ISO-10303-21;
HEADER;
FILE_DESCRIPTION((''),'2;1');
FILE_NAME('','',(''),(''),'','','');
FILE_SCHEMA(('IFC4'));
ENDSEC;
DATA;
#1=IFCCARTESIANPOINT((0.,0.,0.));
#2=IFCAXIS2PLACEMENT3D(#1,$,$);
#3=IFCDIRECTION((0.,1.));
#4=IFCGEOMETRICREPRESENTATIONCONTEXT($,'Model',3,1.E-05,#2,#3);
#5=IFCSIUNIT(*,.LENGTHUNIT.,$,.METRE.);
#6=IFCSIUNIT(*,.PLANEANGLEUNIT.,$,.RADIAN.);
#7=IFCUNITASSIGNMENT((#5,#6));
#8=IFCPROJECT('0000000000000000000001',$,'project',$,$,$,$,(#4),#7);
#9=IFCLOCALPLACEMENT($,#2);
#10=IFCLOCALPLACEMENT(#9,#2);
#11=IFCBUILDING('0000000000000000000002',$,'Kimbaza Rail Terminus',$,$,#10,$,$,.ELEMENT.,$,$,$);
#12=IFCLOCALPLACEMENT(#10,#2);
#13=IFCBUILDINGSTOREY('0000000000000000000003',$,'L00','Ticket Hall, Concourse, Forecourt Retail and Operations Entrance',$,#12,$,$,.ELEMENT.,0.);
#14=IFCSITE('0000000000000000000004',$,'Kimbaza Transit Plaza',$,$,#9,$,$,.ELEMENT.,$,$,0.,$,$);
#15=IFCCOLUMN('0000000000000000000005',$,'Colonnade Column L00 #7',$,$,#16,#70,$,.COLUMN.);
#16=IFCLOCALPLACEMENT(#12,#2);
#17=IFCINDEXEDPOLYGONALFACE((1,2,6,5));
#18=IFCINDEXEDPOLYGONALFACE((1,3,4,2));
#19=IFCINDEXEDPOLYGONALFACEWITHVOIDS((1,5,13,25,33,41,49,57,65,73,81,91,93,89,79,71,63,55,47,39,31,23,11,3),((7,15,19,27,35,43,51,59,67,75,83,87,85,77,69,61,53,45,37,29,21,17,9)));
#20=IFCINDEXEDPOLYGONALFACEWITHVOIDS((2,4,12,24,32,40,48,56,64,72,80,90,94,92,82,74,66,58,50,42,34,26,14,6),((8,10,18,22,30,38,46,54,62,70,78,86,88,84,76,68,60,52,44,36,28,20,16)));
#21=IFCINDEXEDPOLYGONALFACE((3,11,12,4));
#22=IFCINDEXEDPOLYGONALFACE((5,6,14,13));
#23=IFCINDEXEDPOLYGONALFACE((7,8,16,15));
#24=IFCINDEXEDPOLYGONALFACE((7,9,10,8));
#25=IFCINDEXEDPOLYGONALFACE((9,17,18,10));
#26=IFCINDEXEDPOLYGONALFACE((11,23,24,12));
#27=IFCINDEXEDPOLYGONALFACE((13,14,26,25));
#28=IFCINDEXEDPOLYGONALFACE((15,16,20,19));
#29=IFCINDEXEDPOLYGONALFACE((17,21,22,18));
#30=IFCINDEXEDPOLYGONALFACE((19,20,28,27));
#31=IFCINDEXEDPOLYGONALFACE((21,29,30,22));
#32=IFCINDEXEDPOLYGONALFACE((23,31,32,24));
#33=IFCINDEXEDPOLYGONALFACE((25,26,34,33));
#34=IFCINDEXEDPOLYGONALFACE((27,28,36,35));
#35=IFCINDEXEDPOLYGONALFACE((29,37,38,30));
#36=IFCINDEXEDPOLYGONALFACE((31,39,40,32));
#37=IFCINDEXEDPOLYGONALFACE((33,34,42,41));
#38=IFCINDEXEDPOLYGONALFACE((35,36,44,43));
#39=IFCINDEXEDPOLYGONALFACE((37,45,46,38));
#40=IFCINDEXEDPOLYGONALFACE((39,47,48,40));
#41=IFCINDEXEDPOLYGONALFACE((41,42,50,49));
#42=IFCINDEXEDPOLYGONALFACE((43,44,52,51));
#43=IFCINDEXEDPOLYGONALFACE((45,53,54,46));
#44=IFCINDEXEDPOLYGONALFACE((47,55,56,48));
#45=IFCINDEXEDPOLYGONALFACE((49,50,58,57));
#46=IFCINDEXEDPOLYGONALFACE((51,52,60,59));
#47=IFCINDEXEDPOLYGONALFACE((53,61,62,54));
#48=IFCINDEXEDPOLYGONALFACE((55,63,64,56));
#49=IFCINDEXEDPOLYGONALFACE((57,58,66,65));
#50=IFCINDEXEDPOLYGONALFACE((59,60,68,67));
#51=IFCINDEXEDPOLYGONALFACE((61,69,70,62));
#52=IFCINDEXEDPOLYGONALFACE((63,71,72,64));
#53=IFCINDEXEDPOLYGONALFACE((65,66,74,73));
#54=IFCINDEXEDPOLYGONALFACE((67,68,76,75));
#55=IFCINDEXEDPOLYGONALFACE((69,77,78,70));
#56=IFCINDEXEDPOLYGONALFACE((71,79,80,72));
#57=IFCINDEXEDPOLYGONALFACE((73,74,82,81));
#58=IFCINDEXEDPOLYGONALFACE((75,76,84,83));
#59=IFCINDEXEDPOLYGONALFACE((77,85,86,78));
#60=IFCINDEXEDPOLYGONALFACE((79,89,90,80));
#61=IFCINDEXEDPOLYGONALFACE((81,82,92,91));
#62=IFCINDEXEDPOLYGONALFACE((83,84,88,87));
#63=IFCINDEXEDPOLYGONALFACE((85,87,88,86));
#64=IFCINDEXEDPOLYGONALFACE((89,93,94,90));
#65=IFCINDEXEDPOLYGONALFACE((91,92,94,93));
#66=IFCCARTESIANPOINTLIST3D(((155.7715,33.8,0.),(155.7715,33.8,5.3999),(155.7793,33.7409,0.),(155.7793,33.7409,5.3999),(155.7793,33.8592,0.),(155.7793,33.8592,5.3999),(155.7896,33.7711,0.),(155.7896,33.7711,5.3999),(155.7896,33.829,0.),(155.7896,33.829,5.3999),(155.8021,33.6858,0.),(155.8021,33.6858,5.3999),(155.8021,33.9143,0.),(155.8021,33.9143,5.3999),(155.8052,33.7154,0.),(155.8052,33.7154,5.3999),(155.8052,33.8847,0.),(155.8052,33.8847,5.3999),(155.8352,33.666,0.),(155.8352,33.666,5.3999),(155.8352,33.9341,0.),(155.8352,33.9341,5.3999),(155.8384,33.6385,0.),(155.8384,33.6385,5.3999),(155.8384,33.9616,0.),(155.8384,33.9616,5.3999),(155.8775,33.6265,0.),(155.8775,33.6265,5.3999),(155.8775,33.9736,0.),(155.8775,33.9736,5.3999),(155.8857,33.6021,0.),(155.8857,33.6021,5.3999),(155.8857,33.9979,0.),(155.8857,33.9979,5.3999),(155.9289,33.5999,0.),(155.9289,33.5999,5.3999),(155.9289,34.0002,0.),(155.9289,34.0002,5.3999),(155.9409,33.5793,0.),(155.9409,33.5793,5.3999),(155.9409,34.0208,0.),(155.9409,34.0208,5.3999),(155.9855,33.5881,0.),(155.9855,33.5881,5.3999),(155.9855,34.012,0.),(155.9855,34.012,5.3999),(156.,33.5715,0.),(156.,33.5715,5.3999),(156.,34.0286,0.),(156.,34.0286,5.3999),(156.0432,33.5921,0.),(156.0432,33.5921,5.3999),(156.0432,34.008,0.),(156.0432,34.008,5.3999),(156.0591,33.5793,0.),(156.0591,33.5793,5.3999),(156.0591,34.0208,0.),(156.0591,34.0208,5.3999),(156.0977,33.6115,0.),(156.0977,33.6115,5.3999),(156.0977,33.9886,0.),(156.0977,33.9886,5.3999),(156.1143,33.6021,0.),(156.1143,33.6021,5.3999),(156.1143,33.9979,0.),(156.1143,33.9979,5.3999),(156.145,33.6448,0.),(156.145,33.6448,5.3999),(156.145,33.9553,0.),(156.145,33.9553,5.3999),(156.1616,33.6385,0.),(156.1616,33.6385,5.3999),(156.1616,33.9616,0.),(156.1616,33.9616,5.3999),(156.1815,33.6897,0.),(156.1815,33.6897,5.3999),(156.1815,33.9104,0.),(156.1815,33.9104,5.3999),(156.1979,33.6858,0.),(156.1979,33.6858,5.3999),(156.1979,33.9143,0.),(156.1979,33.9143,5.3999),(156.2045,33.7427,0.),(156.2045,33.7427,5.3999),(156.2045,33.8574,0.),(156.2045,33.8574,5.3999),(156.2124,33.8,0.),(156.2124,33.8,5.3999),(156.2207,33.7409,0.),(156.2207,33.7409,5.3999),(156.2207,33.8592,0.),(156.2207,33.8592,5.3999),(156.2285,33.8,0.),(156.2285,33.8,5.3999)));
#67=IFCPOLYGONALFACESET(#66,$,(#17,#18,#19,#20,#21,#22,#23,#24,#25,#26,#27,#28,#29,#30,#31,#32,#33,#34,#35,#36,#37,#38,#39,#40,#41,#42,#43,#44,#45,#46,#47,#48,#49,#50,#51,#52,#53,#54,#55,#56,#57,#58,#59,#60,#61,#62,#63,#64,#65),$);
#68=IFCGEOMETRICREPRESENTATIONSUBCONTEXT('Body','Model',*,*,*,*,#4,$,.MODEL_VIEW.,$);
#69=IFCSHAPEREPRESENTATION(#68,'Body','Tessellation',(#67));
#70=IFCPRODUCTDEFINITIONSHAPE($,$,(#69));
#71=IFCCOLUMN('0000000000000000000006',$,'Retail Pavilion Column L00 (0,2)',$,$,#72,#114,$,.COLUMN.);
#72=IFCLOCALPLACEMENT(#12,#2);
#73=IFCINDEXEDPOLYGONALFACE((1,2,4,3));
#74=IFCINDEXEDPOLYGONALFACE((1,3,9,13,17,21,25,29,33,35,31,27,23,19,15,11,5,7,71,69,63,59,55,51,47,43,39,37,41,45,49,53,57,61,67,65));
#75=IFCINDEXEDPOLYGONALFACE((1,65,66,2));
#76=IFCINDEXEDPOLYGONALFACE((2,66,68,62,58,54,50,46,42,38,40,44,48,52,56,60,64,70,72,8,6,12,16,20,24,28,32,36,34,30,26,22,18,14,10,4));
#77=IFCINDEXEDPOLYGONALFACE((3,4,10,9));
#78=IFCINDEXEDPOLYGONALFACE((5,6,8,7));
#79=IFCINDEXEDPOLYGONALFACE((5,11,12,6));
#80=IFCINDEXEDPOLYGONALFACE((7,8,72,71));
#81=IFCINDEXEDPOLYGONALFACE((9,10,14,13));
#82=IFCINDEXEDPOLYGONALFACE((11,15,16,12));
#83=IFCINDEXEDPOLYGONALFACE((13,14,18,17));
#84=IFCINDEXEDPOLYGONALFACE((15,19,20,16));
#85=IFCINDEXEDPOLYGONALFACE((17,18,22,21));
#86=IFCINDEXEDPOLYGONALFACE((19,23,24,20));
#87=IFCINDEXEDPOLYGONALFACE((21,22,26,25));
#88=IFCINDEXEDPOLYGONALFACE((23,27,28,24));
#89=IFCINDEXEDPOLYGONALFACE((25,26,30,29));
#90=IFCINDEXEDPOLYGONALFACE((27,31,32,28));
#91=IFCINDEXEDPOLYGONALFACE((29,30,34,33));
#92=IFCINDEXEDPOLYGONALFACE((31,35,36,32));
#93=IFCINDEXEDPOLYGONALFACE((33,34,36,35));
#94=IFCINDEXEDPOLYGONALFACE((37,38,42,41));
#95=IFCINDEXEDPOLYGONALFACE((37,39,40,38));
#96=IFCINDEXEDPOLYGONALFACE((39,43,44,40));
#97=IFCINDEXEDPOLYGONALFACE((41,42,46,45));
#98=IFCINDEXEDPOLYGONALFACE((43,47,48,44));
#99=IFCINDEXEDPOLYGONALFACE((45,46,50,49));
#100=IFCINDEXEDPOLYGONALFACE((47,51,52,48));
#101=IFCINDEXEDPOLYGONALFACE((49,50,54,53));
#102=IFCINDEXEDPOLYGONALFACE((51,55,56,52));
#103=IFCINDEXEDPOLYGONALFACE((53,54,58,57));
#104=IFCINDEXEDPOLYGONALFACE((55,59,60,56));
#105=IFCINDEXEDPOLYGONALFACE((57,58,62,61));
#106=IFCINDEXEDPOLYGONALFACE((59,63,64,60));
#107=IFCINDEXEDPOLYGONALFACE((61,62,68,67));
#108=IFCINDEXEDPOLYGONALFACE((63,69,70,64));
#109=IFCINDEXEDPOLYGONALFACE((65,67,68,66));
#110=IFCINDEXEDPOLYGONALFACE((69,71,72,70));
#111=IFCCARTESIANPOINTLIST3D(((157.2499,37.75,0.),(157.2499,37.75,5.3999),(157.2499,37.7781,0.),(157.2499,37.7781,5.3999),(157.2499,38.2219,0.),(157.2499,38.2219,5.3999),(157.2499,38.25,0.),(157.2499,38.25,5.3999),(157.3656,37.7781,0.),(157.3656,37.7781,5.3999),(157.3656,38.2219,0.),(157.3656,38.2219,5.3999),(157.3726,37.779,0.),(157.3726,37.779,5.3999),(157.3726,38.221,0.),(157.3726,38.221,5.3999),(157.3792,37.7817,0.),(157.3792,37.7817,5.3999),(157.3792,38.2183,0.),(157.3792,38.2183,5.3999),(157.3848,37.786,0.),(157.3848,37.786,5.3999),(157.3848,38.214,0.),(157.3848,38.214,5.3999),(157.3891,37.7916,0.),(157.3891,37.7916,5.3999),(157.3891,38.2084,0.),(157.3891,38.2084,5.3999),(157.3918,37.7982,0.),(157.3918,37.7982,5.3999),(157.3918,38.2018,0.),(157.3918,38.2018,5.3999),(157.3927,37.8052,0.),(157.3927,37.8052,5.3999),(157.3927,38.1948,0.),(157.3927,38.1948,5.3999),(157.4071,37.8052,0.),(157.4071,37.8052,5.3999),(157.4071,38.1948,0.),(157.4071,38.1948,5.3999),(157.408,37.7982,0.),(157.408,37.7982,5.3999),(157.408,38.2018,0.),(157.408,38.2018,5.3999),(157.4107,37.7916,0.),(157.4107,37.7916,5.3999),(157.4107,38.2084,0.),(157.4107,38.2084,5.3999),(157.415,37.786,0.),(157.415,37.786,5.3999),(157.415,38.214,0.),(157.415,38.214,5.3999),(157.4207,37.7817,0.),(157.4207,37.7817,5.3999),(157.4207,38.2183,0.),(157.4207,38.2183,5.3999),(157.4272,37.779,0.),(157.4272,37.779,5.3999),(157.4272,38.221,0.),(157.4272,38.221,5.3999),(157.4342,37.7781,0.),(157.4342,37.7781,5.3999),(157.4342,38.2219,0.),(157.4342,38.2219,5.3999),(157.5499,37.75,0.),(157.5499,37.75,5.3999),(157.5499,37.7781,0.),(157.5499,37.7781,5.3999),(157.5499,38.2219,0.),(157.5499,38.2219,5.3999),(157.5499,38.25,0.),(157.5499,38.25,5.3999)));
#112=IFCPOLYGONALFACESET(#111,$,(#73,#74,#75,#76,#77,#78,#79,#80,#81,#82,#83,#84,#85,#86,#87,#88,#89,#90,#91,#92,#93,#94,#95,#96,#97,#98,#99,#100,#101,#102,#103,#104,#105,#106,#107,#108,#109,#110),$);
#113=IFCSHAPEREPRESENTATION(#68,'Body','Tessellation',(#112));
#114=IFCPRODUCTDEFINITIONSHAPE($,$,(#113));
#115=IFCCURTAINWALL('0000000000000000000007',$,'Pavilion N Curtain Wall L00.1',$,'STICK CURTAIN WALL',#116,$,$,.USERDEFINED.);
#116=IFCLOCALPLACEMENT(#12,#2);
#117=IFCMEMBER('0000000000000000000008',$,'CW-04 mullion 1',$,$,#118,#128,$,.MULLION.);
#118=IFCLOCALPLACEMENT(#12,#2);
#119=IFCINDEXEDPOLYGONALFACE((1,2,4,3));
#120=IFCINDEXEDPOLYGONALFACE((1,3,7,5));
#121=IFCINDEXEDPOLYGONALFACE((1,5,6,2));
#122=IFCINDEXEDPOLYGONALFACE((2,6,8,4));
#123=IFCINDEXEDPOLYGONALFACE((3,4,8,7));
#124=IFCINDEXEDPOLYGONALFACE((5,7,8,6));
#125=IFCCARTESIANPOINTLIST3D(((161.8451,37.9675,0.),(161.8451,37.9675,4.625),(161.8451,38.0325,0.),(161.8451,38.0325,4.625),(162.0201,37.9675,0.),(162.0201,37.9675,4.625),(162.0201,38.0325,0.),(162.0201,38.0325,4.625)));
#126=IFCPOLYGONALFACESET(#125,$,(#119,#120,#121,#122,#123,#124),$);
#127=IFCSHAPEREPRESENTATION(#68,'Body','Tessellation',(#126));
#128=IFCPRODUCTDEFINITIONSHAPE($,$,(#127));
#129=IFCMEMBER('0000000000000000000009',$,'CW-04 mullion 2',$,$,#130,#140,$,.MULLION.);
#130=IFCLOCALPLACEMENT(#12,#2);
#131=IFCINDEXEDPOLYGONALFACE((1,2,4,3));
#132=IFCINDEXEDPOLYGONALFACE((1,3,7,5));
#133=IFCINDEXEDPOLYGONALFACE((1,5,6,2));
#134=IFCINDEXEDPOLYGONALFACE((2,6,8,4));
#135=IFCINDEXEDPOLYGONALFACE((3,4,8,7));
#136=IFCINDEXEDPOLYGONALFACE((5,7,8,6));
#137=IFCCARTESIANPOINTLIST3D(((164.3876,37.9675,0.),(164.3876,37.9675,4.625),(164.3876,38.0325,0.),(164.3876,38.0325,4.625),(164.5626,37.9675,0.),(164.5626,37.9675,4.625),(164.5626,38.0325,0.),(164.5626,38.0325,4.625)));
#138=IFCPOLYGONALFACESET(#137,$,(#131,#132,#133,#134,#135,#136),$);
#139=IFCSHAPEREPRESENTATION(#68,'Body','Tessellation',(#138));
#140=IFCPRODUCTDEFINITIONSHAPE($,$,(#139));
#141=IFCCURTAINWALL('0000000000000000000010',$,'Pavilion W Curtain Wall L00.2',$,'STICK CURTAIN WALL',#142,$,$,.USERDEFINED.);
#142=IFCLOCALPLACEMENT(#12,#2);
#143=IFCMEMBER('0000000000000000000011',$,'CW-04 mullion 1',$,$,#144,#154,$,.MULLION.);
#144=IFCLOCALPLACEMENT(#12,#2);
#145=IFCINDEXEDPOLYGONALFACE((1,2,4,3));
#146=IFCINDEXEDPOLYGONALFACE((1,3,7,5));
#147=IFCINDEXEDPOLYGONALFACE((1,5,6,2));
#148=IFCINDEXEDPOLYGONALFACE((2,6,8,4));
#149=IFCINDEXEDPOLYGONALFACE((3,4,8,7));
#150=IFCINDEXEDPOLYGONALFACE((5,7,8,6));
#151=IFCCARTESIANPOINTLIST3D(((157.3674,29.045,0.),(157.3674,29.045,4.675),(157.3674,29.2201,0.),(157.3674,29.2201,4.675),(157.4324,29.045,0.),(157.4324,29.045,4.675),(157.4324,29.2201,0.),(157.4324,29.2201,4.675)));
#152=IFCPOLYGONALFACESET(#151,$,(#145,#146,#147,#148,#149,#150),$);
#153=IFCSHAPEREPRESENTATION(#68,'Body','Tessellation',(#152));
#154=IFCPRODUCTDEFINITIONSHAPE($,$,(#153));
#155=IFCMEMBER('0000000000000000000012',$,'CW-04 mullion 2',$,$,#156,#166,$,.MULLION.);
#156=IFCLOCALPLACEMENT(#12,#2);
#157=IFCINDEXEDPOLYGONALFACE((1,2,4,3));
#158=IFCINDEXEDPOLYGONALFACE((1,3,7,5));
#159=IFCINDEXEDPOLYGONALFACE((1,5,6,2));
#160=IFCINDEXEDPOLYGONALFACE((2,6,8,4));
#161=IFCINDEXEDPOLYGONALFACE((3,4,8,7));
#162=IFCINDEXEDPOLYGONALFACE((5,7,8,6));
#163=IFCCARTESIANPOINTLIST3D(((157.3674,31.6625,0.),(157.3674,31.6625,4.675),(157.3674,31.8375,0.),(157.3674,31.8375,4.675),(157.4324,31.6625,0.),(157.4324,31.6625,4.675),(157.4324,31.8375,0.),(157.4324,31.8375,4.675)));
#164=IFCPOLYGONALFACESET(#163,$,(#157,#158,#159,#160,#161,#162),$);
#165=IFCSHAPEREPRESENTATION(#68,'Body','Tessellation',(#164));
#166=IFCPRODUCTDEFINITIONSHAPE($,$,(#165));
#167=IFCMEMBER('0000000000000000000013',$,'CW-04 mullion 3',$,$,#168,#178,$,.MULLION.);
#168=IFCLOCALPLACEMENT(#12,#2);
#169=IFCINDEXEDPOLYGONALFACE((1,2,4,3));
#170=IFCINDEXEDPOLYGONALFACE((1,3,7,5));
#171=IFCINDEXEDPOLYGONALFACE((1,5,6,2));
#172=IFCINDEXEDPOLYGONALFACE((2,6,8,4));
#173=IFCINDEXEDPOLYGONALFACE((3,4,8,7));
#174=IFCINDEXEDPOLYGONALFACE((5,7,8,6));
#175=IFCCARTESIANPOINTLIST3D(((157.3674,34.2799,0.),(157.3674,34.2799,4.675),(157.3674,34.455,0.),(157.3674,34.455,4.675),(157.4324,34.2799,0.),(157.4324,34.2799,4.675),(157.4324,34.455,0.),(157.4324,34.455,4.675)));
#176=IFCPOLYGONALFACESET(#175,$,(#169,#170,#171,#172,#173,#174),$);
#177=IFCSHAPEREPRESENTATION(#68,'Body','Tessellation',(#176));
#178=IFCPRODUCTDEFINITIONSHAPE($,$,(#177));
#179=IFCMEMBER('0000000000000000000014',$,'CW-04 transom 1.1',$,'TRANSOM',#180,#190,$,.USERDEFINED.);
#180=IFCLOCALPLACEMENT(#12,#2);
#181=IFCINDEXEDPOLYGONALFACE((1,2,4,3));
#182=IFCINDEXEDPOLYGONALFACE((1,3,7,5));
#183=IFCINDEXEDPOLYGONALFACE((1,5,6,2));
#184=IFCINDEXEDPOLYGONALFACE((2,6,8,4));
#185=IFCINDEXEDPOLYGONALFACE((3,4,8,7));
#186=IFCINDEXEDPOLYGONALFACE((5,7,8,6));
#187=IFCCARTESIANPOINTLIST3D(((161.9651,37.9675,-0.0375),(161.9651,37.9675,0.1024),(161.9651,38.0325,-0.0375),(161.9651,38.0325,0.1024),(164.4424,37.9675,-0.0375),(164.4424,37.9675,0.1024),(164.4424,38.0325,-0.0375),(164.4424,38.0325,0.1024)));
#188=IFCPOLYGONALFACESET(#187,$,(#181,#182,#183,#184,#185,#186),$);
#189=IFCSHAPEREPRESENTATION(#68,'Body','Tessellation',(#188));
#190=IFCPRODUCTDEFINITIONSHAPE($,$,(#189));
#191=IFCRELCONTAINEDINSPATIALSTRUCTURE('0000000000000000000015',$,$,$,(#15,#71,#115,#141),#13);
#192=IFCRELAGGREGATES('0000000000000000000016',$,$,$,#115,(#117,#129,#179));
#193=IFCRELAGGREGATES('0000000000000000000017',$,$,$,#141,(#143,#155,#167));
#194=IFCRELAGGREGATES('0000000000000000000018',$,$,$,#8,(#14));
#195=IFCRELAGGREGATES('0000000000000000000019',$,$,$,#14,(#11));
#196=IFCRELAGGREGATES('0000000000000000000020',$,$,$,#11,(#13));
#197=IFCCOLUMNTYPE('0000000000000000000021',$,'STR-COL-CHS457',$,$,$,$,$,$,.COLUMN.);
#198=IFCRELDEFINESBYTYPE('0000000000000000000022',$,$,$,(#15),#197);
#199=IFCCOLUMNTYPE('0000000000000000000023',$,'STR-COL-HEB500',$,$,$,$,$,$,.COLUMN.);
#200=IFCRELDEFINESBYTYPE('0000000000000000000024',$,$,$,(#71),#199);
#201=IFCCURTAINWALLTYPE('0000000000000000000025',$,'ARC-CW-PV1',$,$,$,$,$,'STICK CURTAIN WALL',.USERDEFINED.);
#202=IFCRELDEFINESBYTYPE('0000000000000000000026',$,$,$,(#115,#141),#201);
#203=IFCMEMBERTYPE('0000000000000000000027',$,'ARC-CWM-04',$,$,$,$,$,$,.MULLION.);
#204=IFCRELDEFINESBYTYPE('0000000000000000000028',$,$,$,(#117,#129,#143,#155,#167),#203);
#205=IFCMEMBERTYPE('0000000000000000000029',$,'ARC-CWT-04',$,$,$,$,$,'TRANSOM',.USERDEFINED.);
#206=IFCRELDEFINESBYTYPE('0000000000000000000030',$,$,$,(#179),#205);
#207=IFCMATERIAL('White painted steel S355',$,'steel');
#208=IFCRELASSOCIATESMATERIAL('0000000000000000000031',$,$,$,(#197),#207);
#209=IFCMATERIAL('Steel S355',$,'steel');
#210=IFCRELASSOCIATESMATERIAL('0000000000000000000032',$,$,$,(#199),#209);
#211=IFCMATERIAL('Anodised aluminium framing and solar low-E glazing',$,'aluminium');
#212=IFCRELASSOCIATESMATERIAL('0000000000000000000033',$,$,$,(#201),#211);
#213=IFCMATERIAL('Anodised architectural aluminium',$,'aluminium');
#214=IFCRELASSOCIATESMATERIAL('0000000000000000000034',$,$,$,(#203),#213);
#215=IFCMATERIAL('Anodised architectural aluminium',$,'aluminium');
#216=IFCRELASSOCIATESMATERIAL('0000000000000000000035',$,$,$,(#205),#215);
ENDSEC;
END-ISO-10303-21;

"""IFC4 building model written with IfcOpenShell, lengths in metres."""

from ifc_helpers import new_model, si_unit, direction, frame, origin, origin_2d, place, context, subcontext, project, spatial, rectangle, hollow_circle, i_section, extrude, material, material_profile, profile_set, type_object, element, aggregate, save


model = new_model("IFC4")

# Units and contexts
model_context = context("Model", 3, precision=1e-05, world=origin(), true_north=direction((0.0, 1.0)))
body_context = subcontext(model_context, "Body", "Model", "MODEL_VIEW")
ifc_project = project(units=[si_unit("LENGTHUNIT", "METRE"), si_unit("PLANEANGLEUNIT", "RADIAN")], contexts=[model_context])

# Site, building, storey
site_placement = place(None, origin())
site = spatial("IfcSite", under=ifc_project, at=site_placement, Name="Kimbaza Transit Plaza", CompositionType="ELEMENT", RefElevation=0.0)
building_placement = place(site_placement, origin())
building = spatial("IfcBuilding", under=site, at=building_placement, Name="Kimbaza Rail Terminus", CompositionType="ELEMENT")
storey_placement = place(building_placement, origin())
storey = spatial("IfcBuildingStorey", under=building, at=storey_placement, Name="L00", Description="Ticket Hall, Concourse, Forecourt Retail and Operations Entrance", CompositionType="ELEMENT", Elevation=0.0)

# Columns
ifc_material_1 = material(Name="White painted steel S355", Category="steel")
ifc_material_profile_1 = material_profile(ifc_material_1, hollow_circle(Radius=0.2285, WallThickness=0.0161, at=origin_2d()), Name="CHS 457x16")
ifc_profile_set_1 = profile_set([ifc_material_profile_1], Name="White painted steel S355")
column_type_1 = type_object("IfcColumnType", Name="STR-COL-CHS457", PredefinedType="COLUMN", material=ifc_profile_set_1)
column_1_placement = place(storey_placement, frame((156.0, 33.8, 0.0), z_axis=(0.0, 0.0, 1.0), x_axis=(1.0, 0.0, 0.0)))
element("IfcColumn", 1, at=column_1_placement, inside=storey, type_object=column_type_1, Name="Colonnade Column L00 #7", PredefinedType="COLUMN", context=body_context, shape_type="SweptSolid", body=[
    extrude(hollow_circle(Radius=0.2285, WallThickness=0.0161, at=origin_2d()), origin(), (0.0, 0.0, 1.0), 5.3999),
])
ifc_material_2 = material(Name="Steel S355", Category="steel")
ifc_material_profile_2 = material_profile(ifc_material_2, i_section(OverallWidth=0.3, OverallDepth=0.5, WebThickness=0.0144, FlangeThickness=0.0281, FilletRadius=0.0271, at=origin_2d()), Name="HEB 500")
ifc_profile_set_2 = profile_set([ifc_material_profile_2], Name="Steel S355")
column_type_2 = type_object("IfcColumnType", Name="STR-COL-HEB500", PredefinedType="COLUMN", material=ifc_profile_set_2)
column_2_placement = place(storey_placement, frame((157.3999, 38.0, 0.0), z_axis=(0.0, 0.0, 1.0), x_axis=(1.0, 0.0, 0.0)))
element("IfcColumn", 2, at=column_2_placement, inside=storey, type_object=column_type_2, Name="Retail Pavilion Column L00 (0,2)", PredefinedType="COLUMN", context=body_context, shape_type="SweptSolid", body=[
    extrude(i_section(OverallWidth=0.3, OverallDepth=0.5, WebThickness=0.0144, FlangeThickness=0.0281, FilletRadius=0.0271, at=origin_2d()), origin(), (0.0, 0.0, 1.0), 5.3999),
])

# Curtain walls, members
ifc_material_3 = material(Name="Anodised aluminium framing and solar low-E glazing", Category="aluminium")
curtain_wall_type = type_object("IfcCurtainWallType", Name="ARC-CW-PV1", ElementType="STICK CURTAIN WALL", PredefinedType="USERDEFINED", material=ifc_material_3)
curtain_wall_1_placement = place(storey_placement, origin())
curtain_wall_1 = element("IfcCurtainWall", 3, at=curtain_wall_1_placement, inside=storey, type_object=curtain_wall_type, Name="Pavilion N Curtain Wall L00.1", ObjectType="STICK CURTAIN WALL", PredefinedType="USERDEFINED")
ifc_material_4 = material(Name="Anodised architectural aluminium", Category="aluminium")
ifc_material_profile_3 = material_profile(ifc_material_4, rectangle(XDim=0.0649, YDim=0.175, at=origin_2d()), Name="MULLION 65x175")
ifc_profile_set_3 = profile_set([ifc_material_profile_3], Name="Anodised architectural aluminium")
member_type_1 = type_object("IfcMemberType", Name="ARC-CWM-04", PredefinedType="MULLION", material=ifc_profile_set_3)
member_1_placement = place(storey_placement, frame((161.9326, 38.0, 0.0), z_axis=(0.0, 0.0, 1.0), x_axis=(0.0, 1.0, 0.0)))
member_1 = element("IfcMember", 4, at=member_1_placement, type_object=member_type_1, Name="CW-04 mullion 1", PredefinedType="MULLION", context=body_context, shape_type="SweptSolid", body=[
    extrude(rectangle(XDim=0.0649, YDim=0.175, at=origin_2d()), origin(), (0.0, 0.0, 1.0), 4.625),
])
member_2_placement = place(storey_placement, frame((164.4751, 38.0, 0.0), z_axis=(0.0, 0.0, 1.0), x_axis=(0.0, 1.0, 0.0)))
member_2 = element("IfcMember", 5, at=member_2_placement, type_object=member_type_1, Name="CW-04 mullion 2", PredefinedType="MULLION", context=body_context, shape_type="SweptSolid", body=[
    extrude(rectangle(XDim=0.0649, YDim=0.175, at=origin_2d()), origin(), (0.0, 0.0, 1.0), 4.625),
])
curtain_wall_2_placement = place(storey_placement, origin())
curtain_wall_2 = element("IfcCurtainWall", 6, at=curtain_wall_2_placement, inside=storey, type_object=curtain_wall_type, Name="Pavilion W Curtain Wall L00.2", ObjectType="STICK CURTAIN WALL", PredefinedType="USERDEFINED")
member_3_placement = place(storey_placement, frame((157.3999, 29.1326, 0.0), z_axis=(0.0, 0.0, 1.0), x_axis=(-1.0, 0.0, 0.0)))
member_3 = element("IfcMember", 7, at=member_3_placement, type_object=member_type_1, Name="CW-04 mullion 1", PredefinedType="MULLION", context=body_context, shape_type="SweptSolid", body=[
    extrude(rectangle(XDim=0.0649, YDim=0.175, at=origin_2d()), origin(), (0.0, 0.0, 1.0), 4.675),
])
member_4_placement = place(storey_placement, frame((157.3999, 31.75, 0.0), z_axis=(0.0, 0.0, 1.0), x_axis=(-1.0, 0.0, 0.0)))
member_4 = element("IfcMember", 8, at=member_4_placement, type_object=member_type_1, Name="CW-04 mullion 2", PredefinedType="MULLION", context=body_context, shape_type="SweptSolid", body=[
    extrude(rectangle(XDim=0.0649, YDim=0.175, at=origin_2d()), origin(), (0.0, 0.0, 1.0), 4.675),
])
member_5_placement = place(storey_placement, frame((157.3999, 34.3674, 0.0), z_axis=(0.0, 0.0, 1.0), x_axis=(-1.0, 0.0, 0.0)))
member_5 = element("IfcMember", 9, at=member_5_placement, type_object=member_type_1, Name="CW-04 mullion 3", PredefinedType="MULLION", context=body_context, shape_type="SweptSolid", body=[
    extrude(rectangle(XDim=0.0649, YDim=0.175, at=origin_2d()), origin(), (0.0, 0.0, 1.0), 4.675),
])

# Member
ifc_material_5 = material(Name="Anodised architectural aluminium", Category="aluminium")
ifc_material_profile_4 = material_profile(ifc_material_5, rectangle(XDim=0.0649, YDim=0.1399, at=origin_2d()), Name="TRANSOM 65x140")
ifc_profile_set_4 = profile_set([ifc_material_profile_4], Name="Anodised architectural aluminium")
member_type_2 = type_object("IfcMemberType", Name="ARC-CWT-04", ElementType="TRANSOM", PredefinedType="USERDEFINED", material=ifc_profile_set_4)
member_6_placement = place(storey_placement, frame((161.9651, 38.0, 0.0325), z_axis=(1.0, 0.0, 0.0), x_axis=(0.0, 1.0, 0.0)))
member_6 = element("IfcMember", 10, at=member_6_placement, type_object=member_type_2, Name="CW-04 transom 1.1", ObjectType="TRANSOM", PredefinedType="USERDEFINED", context=body_context, shape_type="SweptSolid", body=[
    extrude(rectangle(XDim=0.0649, YDim=0.1399, at=origin_2d()), origin(), (0.0, 0.0, 1.0), 2.4773),
])

aggregate(curtain_wall_1, [member_1, member_2, member_6])
aggregate(curtain_wall_2, [member_3, member_4, member_5])

save(model, "model.ifc")
